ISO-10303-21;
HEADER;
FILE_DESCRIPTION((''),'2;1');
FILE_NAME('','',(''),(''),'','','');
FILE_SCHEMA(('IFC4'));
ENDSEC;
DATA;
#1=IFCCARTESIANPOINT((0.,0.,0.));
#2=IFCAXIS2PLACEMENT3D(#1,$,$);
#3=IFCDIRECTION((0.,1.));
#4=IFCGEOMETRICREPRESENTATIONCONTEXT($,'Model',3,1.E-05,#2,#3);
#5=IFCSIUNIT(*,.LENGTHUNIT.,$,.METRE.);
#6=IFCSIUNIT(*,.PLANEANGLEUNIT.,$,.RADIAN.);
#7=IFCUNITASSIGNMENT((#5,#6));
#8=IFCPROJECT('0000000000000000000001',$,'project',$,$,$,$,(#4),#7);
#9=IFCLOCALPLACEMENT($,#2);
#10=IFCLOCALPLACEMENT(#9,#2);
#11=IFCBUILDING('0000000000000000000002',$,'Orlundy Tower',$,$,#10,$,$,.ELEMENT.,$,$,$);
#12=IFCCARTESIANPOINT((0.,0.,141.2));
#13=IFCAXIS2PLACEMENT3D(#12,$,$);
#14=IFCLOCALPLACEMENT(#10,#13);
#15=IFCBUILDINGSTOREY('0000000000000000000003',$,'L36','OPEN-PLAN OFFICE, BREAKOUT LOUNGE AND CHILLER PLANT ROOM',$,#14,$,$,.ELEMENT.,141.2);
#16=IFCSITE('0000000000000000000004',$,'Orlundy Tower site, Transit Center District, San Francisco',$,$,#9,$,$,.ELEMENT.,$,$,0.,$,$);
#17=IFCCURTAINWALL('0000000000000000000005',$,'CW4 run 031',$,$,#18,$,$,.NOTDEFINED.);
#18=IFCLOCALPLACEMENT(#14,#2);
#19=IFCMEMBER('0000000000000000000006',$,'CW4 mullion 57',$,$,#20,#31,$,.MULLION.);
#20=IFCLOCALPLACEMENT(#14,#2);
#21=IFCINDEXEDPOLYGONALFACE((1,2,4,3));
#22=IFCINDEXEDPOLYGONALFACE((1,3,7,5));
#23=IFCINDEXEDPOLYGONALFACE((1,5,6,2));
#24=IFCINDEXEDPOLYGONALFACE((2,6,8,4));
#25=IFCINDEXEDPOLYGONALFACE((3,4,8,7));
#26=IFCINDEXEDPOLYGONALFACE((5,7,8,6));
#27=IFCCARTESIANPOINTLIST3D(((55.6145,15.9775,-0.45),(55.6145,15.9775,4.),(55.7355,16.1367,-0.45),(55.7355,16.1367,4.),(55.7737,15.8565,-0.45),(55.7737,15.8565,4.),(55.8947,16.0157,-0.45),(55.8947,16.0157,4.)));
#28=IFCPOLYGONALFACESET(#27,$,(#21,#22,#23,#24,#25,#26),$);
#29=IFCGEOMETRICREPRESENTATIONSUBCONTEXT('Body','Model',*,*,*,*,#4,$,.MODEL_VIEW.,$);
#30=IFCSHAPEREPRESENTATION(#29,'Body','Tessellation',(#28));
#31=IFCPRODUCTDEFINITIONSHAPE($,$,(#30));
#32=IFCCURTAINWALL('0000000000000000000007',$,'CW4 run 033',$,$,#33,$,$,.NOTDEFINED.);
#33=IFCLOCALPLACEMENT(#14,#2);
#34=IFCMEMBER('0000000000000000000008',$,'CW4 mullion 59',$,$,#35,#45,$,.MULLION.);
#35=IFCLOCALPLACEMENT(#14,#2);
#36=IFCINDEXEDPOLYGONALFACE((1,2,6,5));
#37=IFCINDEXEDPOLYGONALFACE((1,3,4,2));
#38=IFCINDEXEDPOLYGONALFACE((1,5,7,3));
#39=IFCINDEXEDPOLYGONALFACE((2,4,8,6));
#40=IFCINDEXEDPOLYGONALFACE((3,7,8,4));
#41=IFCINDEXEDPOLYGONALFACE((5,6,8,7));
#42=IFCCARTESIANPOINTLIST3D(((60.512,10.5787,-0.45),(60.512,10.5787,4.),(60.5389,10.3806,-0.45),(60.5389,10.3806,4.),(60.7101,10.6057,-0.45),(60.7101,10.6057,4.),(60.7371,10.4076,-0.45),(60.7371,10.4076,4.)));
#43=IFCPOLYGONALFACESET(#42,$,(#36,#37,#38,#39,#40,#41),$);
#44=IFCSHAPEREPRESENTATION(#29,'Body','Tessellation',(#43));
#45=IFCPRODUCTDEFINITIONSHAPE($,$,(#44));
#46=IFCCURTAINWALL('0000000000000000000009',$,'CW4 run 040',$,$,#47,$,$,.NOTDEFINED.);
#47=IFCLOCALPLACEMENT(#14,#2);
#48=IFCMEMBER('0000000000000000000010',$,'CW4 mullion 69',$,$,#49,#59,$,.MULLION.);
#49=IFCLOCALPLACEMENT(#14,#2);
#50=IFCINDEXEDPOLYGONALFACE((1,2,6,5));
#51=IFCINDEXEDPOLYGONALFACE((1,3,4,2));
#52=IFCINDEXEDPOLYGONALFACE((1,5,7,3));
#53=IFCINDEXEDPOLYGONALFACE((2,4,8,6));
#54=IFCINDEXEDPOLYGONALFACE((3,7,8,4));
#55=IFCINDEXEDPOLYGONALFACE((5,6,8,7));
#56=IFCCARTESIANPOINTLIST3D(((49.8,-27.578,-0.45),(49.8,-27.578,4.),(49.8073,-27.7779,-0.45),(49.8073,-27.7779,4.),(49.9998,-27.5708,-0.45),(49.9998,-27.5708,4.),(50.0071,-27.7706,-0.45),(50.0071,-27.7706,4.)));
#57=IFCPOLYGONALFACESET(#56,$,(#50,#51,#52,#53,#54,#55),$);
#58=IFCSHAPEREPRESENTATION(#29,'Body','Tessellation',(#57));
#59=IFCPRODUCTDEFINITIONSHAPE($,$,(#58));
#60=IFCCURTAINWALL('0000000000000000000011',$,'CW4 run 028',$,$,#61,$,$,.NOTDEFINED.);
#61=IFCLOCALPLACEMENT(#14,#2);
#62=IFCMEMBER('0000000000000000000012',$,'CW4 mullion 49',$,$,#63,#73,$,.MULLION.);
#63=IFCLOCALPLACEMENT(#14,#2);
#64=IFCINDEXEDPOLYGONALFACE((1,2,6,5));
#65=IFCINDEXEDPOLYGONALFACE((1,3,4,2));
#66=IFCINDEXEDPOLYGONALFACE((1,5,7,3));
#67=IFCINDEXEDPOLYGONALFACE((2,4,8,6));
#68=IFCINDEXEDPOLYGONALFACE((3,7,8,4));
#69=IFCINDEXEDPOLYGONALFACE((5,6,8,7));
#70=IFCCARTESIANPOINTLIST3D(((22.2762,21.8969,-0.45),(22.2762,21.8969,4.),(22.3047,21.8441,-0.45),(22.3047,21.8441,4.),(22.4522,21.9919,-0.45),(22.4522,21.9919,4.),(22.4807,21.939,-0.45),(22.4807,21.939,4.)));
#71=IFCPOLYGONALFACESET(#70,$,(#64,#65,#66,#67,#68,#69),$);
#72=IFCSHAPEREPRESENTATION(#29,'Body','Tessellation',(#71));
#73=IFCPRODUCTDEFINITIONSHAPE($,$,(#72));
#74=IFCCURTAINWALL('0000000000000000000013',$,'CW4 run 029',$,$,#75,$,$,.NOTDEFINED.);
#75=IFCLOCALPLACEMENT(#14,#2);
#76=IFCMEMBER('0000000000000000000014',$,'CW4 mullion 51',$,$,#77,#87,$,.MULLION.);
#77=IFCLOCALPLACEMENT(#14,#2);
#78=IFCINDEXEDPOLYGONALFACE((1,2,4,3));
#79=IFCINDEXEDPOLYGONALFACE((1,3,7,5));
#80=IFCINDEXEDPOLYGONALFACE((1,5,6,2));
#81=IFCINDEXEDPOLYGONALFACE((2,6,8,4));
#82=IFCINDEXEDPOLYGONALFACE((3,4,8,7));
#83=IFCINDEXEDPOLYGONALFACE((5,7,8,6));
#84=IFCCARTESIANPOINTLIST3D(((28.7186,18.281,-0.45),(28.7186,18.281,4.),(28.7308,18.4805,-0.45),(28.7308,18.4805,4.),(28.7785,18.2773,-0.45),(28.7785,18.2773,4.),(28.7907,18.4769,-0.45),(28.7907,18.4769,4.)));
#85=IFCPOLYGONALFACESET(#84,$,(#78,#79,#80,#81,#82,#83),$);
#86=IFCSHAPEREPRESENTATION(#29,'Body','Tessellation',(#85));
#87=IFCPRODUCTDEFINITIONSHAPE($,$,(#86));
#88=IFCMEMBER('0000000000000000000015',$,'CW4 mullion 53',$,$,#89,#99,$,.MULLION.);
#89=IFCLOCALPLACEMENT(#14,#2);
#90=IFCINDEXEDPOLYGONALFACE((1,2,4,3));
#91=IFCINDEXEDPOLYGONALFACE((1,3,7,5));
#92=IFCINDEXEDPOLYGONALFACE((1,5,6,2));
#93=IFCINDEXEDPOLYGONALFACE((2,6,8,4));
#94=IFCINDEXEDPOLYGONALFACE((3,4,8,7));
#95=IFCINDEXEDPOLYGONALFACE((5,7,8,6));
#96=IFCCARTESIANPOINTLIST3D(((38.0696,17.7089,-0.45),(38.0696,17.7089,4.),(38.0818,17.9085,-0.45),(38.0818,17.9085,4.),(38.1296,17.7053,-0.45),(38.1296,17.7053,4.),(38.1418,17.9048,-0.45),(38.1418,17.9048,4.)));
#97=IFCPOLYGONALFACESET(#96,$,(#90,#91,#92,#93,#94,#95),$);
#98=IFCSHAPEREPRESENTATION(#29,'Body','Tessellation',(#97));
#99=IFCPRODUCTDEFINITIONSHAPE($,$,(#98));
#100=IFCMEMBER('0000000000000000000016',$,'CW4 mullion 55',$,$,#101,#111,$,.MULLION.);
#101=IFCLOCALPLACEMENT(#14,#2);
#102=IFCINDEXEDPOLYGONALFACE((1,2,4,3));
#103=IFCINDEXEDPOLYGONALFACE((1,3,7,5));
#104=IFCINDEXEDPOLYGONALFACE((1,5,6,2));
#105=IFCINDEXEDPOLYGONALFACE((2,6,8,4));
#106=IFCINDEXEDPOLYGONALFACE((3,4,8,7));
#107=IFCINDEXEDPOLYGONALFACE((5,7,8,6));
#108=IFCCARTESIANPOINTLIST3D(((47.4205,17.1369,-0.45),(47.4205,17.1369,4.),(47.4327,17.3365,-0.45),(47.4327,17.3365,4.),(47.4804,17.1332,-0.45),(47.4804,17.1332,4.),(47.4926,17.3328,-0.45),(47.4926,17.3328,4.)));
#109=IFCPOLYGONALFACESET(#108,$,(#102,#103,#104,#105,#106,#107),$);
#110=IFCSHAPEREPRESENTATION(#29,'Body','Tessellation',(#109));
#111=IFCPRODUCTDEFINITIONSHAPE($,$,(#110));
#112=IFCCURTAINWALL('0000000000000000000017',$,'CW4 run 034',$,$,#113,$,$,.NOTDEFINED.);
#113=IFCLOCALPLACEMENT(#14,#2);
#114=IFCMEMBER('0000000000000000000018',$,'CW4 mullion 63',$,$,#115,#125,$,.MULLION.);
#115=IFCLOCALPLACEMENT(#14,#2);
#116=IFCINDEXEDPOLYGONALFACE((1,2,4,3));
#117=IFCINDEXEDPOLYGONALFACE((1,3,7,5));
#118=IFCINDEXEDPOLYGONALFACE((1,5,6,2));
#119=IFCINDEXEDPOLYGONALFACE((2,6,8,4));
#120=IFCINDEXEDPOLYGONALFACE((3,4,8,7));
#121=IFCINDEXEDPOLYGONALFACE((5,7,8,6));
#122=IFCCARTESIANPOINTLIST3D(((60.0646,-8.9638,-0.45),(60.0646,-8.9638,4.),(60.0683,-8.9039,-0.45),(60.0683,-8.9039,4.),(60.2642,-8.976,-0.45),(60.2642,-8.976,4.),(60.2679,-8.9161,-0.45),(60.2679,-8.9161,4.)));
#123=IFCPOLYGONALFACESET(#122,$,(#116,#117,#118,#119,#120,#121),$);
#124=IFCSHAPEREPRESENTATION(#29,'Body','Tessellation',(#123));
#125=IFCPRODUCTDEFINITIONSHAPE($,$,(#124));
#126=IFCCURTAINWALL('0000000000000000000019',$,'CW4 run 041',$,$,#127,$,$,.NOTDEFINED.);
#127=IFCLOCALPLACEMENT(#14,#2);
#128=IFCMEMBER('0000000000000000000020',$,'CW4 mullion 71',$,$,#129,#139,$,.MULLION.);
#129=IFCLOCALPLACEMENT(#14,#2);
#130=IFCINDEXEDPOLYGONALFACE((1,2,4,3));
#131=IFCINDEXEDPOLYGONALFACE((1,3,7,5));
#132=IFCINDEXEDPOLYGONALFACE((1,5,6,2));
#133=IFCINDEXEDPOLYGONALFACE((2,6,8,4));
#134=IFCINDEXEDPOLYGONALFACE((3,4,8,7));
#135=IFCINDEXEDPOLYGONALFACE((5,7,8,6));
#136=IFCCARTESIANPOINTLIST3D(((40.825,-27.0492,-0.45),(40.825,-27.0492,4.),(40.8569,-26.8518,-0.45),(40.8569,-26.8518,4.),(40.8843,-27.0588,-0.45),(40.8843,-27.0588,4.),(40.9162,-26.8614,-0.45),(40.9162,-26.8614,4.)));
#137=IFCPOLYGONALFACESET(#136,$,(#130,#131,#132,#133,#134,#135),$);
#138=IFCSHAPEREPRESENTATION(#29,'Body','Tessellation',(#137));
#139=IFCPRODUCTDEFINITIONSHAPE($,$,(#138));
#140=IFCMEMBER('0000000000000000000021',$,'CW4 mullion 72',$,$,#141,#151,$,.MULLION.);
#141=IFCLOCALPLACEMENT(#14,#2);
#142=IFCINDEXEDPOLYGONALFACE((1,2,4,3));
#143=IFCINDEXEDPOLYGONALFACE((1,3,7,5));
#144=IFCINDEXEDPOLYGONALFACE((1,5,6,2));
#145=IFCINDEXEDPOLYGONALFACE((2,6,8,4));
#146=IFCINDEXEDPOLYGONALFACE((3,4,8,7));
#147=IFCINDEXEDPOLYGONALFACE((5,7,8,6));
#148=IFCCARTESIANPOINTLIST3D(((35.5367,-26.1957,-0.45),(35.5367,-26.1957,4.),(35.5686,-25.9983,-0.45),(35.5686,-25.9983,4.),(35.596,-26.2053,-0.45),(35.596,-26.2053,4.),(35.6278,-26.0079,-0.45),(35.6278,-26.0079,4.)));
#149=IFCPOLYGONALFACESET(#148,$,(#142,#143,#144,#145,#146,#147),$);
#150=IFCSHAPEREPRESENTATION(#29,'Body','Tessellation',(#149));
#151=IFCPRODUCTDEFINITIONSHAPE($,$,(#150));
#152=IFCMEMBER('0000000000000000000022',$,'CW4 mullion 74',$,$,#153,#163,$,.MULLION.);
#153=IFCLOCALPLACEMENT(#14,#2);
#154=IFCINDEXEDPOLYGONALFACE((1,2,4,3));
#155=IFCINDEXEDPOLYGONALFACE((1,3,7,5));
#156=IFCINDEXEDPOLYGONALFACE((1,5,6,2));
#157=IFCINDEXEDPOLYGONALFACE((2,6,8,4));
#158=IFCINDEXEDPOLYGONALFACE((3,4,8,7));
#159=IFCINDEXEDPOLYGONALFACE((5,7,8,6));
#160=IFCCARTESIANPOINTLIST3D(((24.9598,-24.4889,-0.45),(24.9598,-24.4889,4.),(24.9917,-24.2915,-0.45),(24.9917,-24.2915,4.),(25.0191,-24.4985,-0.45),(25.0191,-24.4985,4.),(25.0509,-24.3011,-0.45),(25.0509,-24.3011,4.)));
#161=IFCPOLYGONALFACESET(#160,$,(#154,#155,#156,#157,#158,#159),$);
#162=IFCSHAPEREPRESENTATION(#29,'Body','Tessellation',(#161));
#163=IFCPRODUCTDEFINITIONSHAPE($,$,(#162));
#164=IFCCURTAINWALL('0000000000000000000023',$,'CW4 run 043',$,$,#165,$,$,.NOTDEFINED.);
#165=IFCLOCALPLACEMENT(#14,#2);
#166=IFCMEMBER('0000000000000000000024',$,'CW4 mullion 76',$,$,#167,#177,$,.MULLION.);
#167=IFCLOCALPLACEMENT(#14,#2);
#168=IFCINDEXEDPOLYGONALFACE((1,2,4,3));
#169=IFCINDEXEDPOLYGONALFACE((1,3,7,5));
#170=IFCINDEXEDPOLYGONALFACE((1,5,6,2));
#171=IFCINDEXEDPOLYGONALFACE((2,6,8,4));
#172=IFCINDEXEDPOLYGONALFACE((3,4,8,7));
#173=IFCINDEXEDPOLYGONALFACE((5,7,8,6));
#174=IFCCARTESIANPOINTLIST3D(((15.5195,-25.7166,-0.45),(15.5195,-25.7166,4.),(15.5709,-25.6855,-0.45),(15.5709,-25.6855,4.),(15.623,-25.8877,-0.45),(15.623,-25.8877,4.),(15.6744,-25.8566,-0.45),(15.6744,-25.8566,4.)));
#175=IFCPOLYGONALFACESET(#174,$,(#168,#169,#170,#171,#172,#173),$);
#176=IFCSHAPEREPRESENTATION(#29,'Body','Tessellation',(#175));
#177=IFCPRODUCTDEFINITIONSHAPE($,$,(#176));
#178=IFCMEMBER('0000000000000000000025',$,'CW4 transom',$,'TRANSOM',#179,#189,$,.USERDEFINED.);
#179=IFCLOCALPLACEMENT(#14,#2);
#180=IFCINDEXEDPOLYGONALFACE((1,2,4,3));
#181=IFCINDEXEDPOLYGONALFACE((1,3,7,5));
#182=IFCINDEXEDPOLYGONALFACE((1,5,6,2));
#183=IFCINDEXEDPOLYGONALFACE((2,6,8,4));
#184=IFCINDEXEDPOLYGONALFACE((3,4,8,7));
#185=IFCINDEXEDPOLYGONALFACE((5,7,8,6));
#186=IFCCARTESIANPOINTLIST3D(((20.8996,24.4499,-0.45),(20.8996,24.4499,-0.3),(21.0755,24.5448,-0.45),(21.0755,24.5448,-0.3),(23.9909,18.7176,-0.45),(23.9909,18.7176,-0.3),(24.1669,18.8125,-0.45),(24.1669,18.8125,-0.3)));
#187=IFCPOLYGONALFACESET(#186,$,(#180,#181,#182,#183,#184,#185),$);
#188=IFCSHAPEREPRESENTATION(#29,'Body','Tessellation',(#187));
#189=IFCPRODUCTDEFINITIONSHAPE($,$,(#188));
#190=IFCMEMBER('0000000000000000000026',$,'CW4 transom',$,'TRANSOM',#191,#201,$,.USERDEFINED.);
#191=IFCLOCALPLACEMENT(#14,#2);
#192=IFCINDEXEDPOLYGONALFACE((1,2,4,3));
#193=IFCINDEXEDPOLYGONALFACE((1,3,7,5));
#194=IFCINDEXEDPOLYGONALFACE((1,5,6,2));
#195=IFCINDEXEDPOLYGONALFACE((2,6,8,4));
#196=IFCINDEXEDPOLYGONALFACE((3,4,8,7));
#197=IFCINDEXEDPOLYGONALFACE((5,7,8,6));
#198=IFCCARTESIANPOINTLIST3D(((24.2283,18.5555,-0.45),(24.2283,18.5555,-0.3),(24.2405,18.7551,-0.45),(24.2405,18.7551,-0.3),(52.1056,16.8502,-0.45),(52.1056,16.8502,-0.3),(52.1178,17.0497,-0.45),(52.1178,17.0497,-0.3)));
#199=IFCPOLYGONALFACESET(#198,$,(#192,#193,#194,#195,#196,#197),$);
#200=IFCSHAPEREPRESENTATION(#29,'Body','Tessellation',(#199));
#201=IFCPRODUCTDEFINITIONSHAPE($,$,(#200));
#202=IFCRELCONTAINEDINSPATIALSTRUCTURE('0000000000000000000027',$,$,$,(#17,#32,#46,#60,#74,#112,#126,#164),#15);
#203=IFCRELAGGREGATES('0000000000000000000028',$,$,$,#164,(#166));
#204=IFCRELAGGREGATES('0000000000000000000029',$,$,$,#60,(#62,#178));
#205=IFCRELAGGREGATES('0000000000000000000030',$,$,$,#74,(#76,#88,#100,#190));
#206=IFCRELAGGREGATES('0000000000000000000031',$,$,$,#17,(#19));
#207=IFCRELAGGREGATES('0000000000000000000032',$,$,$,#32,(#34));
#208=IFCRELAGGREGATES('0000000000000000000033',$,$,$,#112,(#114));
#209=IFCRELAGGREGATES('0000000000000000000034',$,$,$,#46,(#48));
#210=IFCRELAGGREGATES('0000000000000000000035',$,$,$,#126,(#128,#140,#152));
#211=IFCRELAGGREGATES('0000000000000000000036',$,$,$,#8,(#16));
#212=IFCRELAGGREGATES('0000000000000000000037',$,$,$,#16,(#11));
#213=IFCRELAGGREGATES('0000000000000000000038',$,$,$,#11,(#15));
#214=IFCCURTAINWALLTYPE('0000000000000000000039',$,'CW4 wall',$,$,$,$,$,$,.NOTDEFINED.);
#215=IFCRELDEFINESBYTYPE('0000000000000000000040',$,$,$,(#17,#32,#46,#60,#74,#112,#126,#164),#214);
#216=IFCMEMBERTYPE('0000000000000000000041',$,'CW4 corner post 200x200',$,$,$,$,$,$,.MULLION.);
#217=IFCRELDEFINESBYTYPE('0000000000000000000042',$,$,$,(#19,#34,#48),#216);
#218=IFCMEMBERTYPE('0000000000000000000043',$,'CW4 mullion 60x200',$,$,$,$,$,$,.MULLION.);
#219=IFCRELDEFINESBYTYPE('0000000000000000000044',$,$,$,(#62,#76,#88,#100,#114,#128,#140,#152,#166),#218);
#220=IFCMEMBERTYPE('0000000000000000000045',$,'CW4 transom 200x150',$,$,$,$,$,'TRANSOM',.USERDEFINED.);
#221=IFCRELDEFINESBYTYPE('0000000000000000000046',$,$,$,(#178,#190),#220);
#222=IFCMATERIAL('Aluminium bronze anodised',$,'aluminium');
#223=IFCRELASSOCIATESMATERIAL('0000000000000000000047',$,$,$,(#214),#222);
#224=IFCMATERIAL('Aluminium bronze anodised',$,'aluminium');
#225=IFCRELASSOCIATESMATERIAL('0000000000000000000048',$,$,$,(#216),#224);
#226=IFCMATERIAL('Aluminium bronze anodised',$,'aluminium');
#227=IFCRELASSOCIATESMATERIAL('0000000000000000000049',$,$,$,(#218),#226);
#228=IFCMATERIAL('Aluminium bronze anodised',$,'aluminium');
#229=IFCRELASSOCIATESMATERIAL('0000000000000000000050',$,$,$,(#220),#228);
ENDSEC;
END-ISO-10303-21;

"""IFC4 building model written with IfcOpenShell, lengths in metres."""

from ifc_helpers import new_model, si_unit, direction, frame, origin, origin_2d, place, context, subcontext, project, spatial, rectangle, extrude, material, material_profile, profile_set, type_object, element, aggregate, save


model = new_model("IFC4")

# Units and contexts
model_context = context("Model", 3, precision=1e-05, world=origin(), true_north=direction((0.0, 1.0)))
body_context = subcontext(model_context, "Body", "Model", "MODEL_VIEW")
ifc_project = project(units=[si_unit("LENGTHUNIT", "METRE"), si_unit("PLANEANGLEUNIT", "RADIAN")], contexts=[model_context])

# Site, building, storey
site_placement = place(None, origin())
site = spatial("IfcSite", under=ifc_project, at=site_placement, Name="Orlundy Tower site, Transit Center District, San Francisco", CompositionType="ELEMENT", RefElevation=0.0)
building_placement = place(site_placement, origin())
building = spatial("IfcBuilding", under=site, at=building_placement, Name="Orlundy Tower", CompositionType="ELEMENT")
storey_placement = place(building_placement, frame((0.0, 0.0, 141.2)))
storey = spatial("IfcBuildingStorey", under=building, at=storey_placement, Name="L36", Description="OPEN-PLAN OFFICE, BREAKOUT LOUNGE AND CHILLER PLANT ROOM", CompositionType="ELEMENT", Elevation=141.2)

# Curtain walls, members
ifc_material_1 = material(Name="Aluminium bronze anodised", Category="aluminium")
curtain_wall_type = type_object("IfcCurtainWallType", Name="CW4 wall", PredefinedType="NOTDEFINED", material=ifc_material_1)
curtain_wall_1_placement = place(storey_placement, origin())
curtain_wall_1 = element("IfcCurtainWall", 1, at=curtain_wall_1_placement, inside=storey, type_object=curtain_wall_type, Name="CW4 run 031", PredefinedType="NOTDEFINED")
ifc_material_2 = material(Name="Aluminium bronze anodised", Category="aluminium")
ifc_material_profile_1 = material_profile(ifc_material_2, rectangle(XDim=0.2, YDim=0.2, at=origin_2d()), Name="CW4 corner post 200x200")
ifc_profile_set_1 = profile_set([ifc_material_profile_1], Name="Aluminium bronze anodised")
member_type_1 = type_object("IfcMemberType", Name="CW4 corner post 200x200", PredefinedType="MULLION", material=ifc_profile_set_1)
member_1_placement = place(storey_placement, frame((55.7546, 15.9966, -0.45), z_axis=(0.0, 0.0, 1.0), x_axis=(0.605124, 0.796131, 0.0)))
member_1 = element("IfcMember", 2, at=member_1_placement, type_object=member_type_1, Name="CW4 mullion 57", PredefinedType="MULLION", context=body_context, shape_type="SweptSolid", body=[
    extrude(rectangle(XDim=0.2, YDim=0.2, at=origin_2d()), origin(), (0.0, 0.0, 1.0), 4.45),
])
curtain_wall_2_placement = place(storey_placement, origin())
curtain_wall_2 = element("IfcCurtainWall", 3, at=curtain_wall_2_placement, inside=storey, type_object=curtain_wall_type, Name="CW4 run 033", PredefinedType="NOTDEFINED")
member_2_placement = place(storey_placement, frame((60.6245, 10.4932, -0.45), z_axis=(0.0, 0.0, 1.0), x_axis=(0.990861, 0.134884, 0.0)))
member_2 = element("IfcMember", 4, at=member_2_placement, type_object=member_type_1, Name="CW4 mullion 59", PredefinedType="MULLION", context=body_context, shape_type="SweptSolid", body=[
    extrude(rectangle(XDim=0.2, YDim=0.2, at=origin_2d()), origin(), (0.0, 0.0, 1.0), 4.45),
])
curtain_wall_3_placement = place(storey_placement, origin())
curtain_wall_3 = element("IfcCurtainWall", 5, at=curtain_wall_3_placement, inside=storey, type_object=curtain_wall_type, Name="CW4 run 040", PredefinedType="NOTDEFINED")
member_3_placement = place(storey_placement, frame((49.9036, -27.6743, -0.45), z_axis=(0.0, 0.0, 1.0), x_axis=(0.036413, -0.999337, 0.0)))
member_3 = element("IfcMember", 6, at=member_3_placement, type_object=member_type_1, Name="CW4 mullion 69", PredefinedType="MULLION", context=body_context, shape_type="SweptSolid", body=[
    extrude(rectangle(XDim=0.2, YDim=0.2, at=origin_2d()), origin(), (0.0, 0.0, 1.0), 4.45),
])
curtain_wall_4_placement = place(storey_placement, origin())
curtain_wall_4 = element("IfcCurtainWall", 7, at=curtain_wall_4_placement, inside=storey, type_object=curtain_wall_type, Name="CW4 run 028", PredefinedType="NOTDEFINED")
ifc_material_3 = material(Name="Aluminium bronze anodised", Category="aluminium")
ifc_material_profile_2 = material_profile(ifc_material_3, rectangle(XDim=0.2, YDim=0.0601, at=origin_2d()), Name="CW4 mullion 60x200")
ifc_profile_set_2 = profile_set([ifc_material_profile_2], Name="Aluminium bronze anodised")
member_type_2 = type_object("IfcMemberType", Name="CW4 mullion 60x200", PredefinedType="MULLION", material=ifc_profile_set_2)
member_4_placement = place(storey_placement, frame((22.3784, 21.918, -0.45), z_axis=(0.0, 0.0, 1.0), x_axis=(0.88018, 0.47464, 0.0)))
member_4 = element("IfcMember", 8, at=member_4_placement, type_object=member_type_2, Name="CW4 mullion 49", PredefinedType="MULLION", context=body_context, shape_type="SweptSolid", body=[
    extrude(rectangle(XDim=0.2, YDim=0.0601, at=origin_2d()), origin(), (0.0, 0.0, 1.0), 4.45),
])

# Curtain wall, members
curtain_wall_5_placement = place(storey_placement, origin())
curtain_wall_5 = element("IfcCurtainWall", 9, at=curtain_wall_5_placement, inside=storey, type_object=curtain_wall_type, Name="CW4 run 029", PredefinedType="NOTDEFINED")
member_5_placement = place(storey_placement, frame((28.7546, 18.3789, -0.45), z_axis=(0.0, 0.0, 1.0), x_axis=(0.061056, 0.998134, 0.0)))
member_5 = element("IfcMember", 10, at=member_5_placement, type_object=member_type_2, Name="CW4 mullion 51", PredefinedType="MULLION", context=body_context, shape_type="SweptSolid", body=[
    extrude(rectangle(XDim=0.2, YDim=0.0601, at=origin_2d()), origin(), (0.0, 0.0, 1.0), 4.45),
])
member_6_placement = place(storey_placement, frame((38.1057, 17.8069, -0.45), z_axis=(0.0, 0.0, 1.0), x_axis=(0.061056, 0.998134, 0.0)))
member_6 = element("IfcMember", 11, at=member_6_placement, type_object=member_type_2, Name="CW4 mullion 53", PredefinedType="MULLION", context=body_context, shape_type="SweptSolid", body=[
    extrude(rectangle(XDim=0.2, YDim=0.0601, at=origin_2d()), origin(), (0.0, 0.0, 1.0), 4.45),
])
member_7_placement = place(storey_placement, frame((47.4565, 17.2349, -0.45), z_axis=(0.0, 0.0, 1.0), x_axis=(0.061056, 0.998134, 0.0)))
member_7 = element("IfcMember", 12, at=member_7_placement, type_object=member_type_2, Name="CW4 mullion 55", PredefinedType="MULLION", context=body_context, shape_type="SweptSolid", body=[
    extrude(rectangle(XDim=0.2, YDim=0.0601, at=origin_2d()), origin(), (0.0, 0.0, 1.0), 4.45),
])

# Curtain wall, member
curtain_wall_6_placement = place(storey_placement, origin())
curtain_wall_6 = element("IfcCurtainWall", 13, at=curtain_wall_6_placement, inside=storey, type_object=curtain_wall_type, Name="CW4 run 034", PredefinedType="NOTDEFINED")
member_8_placement = place(storey_placement, frame((60.1663, -8.9399, -0.45), z_axis=(0.0, 0.0, 1.0), x_axis=(0.998135, -0.061047, 0.0)))
member_8 = element("IfcMember", 14, at=member_8_placement, type_object=member_type_2, Name="CW4 mullion 63", PredefinedType="MULLION", context=body_context, shape_type="SweptSolid", body=[
    extrude(rectangle(XDim=0.2, YDim=0.0601, at=origin_2d()), origin(), (0.0, 0.0, 1.0), 4.45),
])

# Curtain wall, members
curtain_wall_7_placement = place(storey_placement, origin())
curtain_wall_7 = element("IfcCurtainWall", 15, at=curtain_wall_7_placement, inside=storey, type_object=curtain_wall_type, Name="CW4 run 041", PredefinedType="NOTDEFINED")
member_9_placement = place(storey_placement, frame((40.8706, -26.9553, -0.45), z_axis=(0.0, 0.0, 1.0), x_axis=(-0.159311, -0.987228, 0.0)))
member_9 = element("IfcMember", 16, at=member_9_placement, type_object=member_type_2, Name="CW4 mullion 71", PredefinedType="MULLION", context=body_context, shape_type="SweptSolid", body=[
    extrude(rectangle(XDim=0.2, YDim=0.0601, at=origin_2d()), origin(), (0.0, 0.0, 1.0), 4.45),
])
member_10_placement = place(storey_placement, frame((35.5823, -26.1018, -0.45), z_axis=(0.0, 0.0, 1.0), x_axis=(-0.159311, -0.987228, 0.0)))
member_10 = element("IfcMember", 17, at=member_10_placement, type_object=member_type_2, Name="CW4 mullion 72", PredefinedType="MULLION", context=body_context, shape_type="SweptSolid", body=[
    extrude(rectangle(XDim=0.2, YDim=0.0601, at=origin_2d()), origin(), (0.0, 0.0, 1.0), 4.45),
])
member_11_placement = place(storey_placement, frame((25.0054, -24.395, -0.45), z_axis=(0.0, 0.0, 1.0), x_axis=(-0.159311, -0.987228, 0.0)))
member_11 = element("IfcMember", 18, at=member_11_placement, type_object=member_type_2, Name="CW4 mullion 74", PredefinedType="MULLION", context=body_context, shape_type="SweptSolid", body=[
    extrude(rectangle(XDim=0.2, YDim=0.0601, at=origin_2d()), origin(), (0.0, 0.0, 1.0), 4.45),
])

# Curtain wall, member
curtain_wall_8_placement = place(storey_placement, origin())
curtain_wall_8 = element("IfcCurtainWall", 19, at=curtain_wall_8_placement, inside=storey, type_object=curtain_wall_type, Name="CW4 run 043", PredefinedType="NOTDEFINED")
member_12_placement = place(storey_placement, frame((15.5969, -25.7866, -0.45), z_axis=(0.0, 0.0, 1.0), x_axis=(0.517522, -0.85567, 0.0)))
member_12 = element("IfcMember", 20, at=member_12_placement, type_object=member_type_2, Name="CW4 mullion 76", PredefinedType="MULLION", context=body_context, shape_type="SweptSolid", body=[
    extrude(rectangle(XDim=0.2, YDim=0.0601, at=origin_2d()), origin(), (0.0, 0.0, 1.0), 4.45),
])
aggregate(curtain_wall_8, [member_12])

# Members
ifc_material_4 = material(Name="Aluminium bronze anodised", Category="aluminium")
ifc_material_profile_3 = material_profile(ifc_material_4, rectangle(XDim=0.2, YDim=0.1499, at=origin_2d()), Name="CW4 transom 200x150")
ifc_profile_set_3 = profile_set([ifc_material_profile_3], Name="Aluminium bronze anodised")
member_type_3 = type_object("IfcMemberType", Name="CW4 transom 200x150", ElementType="TRANSOM", PredefinedType="USERDEFINED", material=ifc_profile_set_3)
member_13_placement = place(storey_placement, frame((20.9875, 24.4973, -0.375), z_axis=(0.474665, -0.880166, 0.0), x_axis=(0.880166, 0.474665, 0.0)))
member_13 = element("IfcMember", 21, at=member_13_placement, type_object=member_type_3, Name="CW4 transom", ObjectType="TRANSOM", PredefinedType="USERDEFINED", context=body_context, shape_type="SweptSolid", body=[
    extrude(rectangle(XDim=0.2, YDim=0.1499, at=origin_2d()), origin(), (0.0, 0.0, 1.0), 6.5127),
])
aggregate(curtain_wall_4, [member_4, member_13])
member_14_placement = place(storey_placement, frame((24.2344, 18.6553, -0.375), z_axis=(0.998134, -0.061058, 0.0), x_axis=(0.061058, 0.998134, 0.0)))
member_14 = element("IfcMember", 22, at=member_14_placement, type_object=member_type_3, Name="CW4 transom", ObjectType="TRANSOM", PredefinedType="USERDEFINED", context=body_context, shape_type="SweptSolid", body=[
    extrude(rectangle(XDim=0.2, YDim=0.1499, at=origin_2d()), origin(), (0.0, 0.0, 1.0), 27.9294),
])
aggregate(curtain_wall_5, [member_5, member_6, member_7, member_14])

aggregate(curtain_wall_1, [member_1])

aggregate(curtain_wall_2, [member_2])
aggregate(curtain_wall_6, [member_8])

aggregate(curtain_wall_3, [member_3])
aggregate(curtain_wall_7, [member_9, member_10, member_11])

save(model, "model.ifc")
